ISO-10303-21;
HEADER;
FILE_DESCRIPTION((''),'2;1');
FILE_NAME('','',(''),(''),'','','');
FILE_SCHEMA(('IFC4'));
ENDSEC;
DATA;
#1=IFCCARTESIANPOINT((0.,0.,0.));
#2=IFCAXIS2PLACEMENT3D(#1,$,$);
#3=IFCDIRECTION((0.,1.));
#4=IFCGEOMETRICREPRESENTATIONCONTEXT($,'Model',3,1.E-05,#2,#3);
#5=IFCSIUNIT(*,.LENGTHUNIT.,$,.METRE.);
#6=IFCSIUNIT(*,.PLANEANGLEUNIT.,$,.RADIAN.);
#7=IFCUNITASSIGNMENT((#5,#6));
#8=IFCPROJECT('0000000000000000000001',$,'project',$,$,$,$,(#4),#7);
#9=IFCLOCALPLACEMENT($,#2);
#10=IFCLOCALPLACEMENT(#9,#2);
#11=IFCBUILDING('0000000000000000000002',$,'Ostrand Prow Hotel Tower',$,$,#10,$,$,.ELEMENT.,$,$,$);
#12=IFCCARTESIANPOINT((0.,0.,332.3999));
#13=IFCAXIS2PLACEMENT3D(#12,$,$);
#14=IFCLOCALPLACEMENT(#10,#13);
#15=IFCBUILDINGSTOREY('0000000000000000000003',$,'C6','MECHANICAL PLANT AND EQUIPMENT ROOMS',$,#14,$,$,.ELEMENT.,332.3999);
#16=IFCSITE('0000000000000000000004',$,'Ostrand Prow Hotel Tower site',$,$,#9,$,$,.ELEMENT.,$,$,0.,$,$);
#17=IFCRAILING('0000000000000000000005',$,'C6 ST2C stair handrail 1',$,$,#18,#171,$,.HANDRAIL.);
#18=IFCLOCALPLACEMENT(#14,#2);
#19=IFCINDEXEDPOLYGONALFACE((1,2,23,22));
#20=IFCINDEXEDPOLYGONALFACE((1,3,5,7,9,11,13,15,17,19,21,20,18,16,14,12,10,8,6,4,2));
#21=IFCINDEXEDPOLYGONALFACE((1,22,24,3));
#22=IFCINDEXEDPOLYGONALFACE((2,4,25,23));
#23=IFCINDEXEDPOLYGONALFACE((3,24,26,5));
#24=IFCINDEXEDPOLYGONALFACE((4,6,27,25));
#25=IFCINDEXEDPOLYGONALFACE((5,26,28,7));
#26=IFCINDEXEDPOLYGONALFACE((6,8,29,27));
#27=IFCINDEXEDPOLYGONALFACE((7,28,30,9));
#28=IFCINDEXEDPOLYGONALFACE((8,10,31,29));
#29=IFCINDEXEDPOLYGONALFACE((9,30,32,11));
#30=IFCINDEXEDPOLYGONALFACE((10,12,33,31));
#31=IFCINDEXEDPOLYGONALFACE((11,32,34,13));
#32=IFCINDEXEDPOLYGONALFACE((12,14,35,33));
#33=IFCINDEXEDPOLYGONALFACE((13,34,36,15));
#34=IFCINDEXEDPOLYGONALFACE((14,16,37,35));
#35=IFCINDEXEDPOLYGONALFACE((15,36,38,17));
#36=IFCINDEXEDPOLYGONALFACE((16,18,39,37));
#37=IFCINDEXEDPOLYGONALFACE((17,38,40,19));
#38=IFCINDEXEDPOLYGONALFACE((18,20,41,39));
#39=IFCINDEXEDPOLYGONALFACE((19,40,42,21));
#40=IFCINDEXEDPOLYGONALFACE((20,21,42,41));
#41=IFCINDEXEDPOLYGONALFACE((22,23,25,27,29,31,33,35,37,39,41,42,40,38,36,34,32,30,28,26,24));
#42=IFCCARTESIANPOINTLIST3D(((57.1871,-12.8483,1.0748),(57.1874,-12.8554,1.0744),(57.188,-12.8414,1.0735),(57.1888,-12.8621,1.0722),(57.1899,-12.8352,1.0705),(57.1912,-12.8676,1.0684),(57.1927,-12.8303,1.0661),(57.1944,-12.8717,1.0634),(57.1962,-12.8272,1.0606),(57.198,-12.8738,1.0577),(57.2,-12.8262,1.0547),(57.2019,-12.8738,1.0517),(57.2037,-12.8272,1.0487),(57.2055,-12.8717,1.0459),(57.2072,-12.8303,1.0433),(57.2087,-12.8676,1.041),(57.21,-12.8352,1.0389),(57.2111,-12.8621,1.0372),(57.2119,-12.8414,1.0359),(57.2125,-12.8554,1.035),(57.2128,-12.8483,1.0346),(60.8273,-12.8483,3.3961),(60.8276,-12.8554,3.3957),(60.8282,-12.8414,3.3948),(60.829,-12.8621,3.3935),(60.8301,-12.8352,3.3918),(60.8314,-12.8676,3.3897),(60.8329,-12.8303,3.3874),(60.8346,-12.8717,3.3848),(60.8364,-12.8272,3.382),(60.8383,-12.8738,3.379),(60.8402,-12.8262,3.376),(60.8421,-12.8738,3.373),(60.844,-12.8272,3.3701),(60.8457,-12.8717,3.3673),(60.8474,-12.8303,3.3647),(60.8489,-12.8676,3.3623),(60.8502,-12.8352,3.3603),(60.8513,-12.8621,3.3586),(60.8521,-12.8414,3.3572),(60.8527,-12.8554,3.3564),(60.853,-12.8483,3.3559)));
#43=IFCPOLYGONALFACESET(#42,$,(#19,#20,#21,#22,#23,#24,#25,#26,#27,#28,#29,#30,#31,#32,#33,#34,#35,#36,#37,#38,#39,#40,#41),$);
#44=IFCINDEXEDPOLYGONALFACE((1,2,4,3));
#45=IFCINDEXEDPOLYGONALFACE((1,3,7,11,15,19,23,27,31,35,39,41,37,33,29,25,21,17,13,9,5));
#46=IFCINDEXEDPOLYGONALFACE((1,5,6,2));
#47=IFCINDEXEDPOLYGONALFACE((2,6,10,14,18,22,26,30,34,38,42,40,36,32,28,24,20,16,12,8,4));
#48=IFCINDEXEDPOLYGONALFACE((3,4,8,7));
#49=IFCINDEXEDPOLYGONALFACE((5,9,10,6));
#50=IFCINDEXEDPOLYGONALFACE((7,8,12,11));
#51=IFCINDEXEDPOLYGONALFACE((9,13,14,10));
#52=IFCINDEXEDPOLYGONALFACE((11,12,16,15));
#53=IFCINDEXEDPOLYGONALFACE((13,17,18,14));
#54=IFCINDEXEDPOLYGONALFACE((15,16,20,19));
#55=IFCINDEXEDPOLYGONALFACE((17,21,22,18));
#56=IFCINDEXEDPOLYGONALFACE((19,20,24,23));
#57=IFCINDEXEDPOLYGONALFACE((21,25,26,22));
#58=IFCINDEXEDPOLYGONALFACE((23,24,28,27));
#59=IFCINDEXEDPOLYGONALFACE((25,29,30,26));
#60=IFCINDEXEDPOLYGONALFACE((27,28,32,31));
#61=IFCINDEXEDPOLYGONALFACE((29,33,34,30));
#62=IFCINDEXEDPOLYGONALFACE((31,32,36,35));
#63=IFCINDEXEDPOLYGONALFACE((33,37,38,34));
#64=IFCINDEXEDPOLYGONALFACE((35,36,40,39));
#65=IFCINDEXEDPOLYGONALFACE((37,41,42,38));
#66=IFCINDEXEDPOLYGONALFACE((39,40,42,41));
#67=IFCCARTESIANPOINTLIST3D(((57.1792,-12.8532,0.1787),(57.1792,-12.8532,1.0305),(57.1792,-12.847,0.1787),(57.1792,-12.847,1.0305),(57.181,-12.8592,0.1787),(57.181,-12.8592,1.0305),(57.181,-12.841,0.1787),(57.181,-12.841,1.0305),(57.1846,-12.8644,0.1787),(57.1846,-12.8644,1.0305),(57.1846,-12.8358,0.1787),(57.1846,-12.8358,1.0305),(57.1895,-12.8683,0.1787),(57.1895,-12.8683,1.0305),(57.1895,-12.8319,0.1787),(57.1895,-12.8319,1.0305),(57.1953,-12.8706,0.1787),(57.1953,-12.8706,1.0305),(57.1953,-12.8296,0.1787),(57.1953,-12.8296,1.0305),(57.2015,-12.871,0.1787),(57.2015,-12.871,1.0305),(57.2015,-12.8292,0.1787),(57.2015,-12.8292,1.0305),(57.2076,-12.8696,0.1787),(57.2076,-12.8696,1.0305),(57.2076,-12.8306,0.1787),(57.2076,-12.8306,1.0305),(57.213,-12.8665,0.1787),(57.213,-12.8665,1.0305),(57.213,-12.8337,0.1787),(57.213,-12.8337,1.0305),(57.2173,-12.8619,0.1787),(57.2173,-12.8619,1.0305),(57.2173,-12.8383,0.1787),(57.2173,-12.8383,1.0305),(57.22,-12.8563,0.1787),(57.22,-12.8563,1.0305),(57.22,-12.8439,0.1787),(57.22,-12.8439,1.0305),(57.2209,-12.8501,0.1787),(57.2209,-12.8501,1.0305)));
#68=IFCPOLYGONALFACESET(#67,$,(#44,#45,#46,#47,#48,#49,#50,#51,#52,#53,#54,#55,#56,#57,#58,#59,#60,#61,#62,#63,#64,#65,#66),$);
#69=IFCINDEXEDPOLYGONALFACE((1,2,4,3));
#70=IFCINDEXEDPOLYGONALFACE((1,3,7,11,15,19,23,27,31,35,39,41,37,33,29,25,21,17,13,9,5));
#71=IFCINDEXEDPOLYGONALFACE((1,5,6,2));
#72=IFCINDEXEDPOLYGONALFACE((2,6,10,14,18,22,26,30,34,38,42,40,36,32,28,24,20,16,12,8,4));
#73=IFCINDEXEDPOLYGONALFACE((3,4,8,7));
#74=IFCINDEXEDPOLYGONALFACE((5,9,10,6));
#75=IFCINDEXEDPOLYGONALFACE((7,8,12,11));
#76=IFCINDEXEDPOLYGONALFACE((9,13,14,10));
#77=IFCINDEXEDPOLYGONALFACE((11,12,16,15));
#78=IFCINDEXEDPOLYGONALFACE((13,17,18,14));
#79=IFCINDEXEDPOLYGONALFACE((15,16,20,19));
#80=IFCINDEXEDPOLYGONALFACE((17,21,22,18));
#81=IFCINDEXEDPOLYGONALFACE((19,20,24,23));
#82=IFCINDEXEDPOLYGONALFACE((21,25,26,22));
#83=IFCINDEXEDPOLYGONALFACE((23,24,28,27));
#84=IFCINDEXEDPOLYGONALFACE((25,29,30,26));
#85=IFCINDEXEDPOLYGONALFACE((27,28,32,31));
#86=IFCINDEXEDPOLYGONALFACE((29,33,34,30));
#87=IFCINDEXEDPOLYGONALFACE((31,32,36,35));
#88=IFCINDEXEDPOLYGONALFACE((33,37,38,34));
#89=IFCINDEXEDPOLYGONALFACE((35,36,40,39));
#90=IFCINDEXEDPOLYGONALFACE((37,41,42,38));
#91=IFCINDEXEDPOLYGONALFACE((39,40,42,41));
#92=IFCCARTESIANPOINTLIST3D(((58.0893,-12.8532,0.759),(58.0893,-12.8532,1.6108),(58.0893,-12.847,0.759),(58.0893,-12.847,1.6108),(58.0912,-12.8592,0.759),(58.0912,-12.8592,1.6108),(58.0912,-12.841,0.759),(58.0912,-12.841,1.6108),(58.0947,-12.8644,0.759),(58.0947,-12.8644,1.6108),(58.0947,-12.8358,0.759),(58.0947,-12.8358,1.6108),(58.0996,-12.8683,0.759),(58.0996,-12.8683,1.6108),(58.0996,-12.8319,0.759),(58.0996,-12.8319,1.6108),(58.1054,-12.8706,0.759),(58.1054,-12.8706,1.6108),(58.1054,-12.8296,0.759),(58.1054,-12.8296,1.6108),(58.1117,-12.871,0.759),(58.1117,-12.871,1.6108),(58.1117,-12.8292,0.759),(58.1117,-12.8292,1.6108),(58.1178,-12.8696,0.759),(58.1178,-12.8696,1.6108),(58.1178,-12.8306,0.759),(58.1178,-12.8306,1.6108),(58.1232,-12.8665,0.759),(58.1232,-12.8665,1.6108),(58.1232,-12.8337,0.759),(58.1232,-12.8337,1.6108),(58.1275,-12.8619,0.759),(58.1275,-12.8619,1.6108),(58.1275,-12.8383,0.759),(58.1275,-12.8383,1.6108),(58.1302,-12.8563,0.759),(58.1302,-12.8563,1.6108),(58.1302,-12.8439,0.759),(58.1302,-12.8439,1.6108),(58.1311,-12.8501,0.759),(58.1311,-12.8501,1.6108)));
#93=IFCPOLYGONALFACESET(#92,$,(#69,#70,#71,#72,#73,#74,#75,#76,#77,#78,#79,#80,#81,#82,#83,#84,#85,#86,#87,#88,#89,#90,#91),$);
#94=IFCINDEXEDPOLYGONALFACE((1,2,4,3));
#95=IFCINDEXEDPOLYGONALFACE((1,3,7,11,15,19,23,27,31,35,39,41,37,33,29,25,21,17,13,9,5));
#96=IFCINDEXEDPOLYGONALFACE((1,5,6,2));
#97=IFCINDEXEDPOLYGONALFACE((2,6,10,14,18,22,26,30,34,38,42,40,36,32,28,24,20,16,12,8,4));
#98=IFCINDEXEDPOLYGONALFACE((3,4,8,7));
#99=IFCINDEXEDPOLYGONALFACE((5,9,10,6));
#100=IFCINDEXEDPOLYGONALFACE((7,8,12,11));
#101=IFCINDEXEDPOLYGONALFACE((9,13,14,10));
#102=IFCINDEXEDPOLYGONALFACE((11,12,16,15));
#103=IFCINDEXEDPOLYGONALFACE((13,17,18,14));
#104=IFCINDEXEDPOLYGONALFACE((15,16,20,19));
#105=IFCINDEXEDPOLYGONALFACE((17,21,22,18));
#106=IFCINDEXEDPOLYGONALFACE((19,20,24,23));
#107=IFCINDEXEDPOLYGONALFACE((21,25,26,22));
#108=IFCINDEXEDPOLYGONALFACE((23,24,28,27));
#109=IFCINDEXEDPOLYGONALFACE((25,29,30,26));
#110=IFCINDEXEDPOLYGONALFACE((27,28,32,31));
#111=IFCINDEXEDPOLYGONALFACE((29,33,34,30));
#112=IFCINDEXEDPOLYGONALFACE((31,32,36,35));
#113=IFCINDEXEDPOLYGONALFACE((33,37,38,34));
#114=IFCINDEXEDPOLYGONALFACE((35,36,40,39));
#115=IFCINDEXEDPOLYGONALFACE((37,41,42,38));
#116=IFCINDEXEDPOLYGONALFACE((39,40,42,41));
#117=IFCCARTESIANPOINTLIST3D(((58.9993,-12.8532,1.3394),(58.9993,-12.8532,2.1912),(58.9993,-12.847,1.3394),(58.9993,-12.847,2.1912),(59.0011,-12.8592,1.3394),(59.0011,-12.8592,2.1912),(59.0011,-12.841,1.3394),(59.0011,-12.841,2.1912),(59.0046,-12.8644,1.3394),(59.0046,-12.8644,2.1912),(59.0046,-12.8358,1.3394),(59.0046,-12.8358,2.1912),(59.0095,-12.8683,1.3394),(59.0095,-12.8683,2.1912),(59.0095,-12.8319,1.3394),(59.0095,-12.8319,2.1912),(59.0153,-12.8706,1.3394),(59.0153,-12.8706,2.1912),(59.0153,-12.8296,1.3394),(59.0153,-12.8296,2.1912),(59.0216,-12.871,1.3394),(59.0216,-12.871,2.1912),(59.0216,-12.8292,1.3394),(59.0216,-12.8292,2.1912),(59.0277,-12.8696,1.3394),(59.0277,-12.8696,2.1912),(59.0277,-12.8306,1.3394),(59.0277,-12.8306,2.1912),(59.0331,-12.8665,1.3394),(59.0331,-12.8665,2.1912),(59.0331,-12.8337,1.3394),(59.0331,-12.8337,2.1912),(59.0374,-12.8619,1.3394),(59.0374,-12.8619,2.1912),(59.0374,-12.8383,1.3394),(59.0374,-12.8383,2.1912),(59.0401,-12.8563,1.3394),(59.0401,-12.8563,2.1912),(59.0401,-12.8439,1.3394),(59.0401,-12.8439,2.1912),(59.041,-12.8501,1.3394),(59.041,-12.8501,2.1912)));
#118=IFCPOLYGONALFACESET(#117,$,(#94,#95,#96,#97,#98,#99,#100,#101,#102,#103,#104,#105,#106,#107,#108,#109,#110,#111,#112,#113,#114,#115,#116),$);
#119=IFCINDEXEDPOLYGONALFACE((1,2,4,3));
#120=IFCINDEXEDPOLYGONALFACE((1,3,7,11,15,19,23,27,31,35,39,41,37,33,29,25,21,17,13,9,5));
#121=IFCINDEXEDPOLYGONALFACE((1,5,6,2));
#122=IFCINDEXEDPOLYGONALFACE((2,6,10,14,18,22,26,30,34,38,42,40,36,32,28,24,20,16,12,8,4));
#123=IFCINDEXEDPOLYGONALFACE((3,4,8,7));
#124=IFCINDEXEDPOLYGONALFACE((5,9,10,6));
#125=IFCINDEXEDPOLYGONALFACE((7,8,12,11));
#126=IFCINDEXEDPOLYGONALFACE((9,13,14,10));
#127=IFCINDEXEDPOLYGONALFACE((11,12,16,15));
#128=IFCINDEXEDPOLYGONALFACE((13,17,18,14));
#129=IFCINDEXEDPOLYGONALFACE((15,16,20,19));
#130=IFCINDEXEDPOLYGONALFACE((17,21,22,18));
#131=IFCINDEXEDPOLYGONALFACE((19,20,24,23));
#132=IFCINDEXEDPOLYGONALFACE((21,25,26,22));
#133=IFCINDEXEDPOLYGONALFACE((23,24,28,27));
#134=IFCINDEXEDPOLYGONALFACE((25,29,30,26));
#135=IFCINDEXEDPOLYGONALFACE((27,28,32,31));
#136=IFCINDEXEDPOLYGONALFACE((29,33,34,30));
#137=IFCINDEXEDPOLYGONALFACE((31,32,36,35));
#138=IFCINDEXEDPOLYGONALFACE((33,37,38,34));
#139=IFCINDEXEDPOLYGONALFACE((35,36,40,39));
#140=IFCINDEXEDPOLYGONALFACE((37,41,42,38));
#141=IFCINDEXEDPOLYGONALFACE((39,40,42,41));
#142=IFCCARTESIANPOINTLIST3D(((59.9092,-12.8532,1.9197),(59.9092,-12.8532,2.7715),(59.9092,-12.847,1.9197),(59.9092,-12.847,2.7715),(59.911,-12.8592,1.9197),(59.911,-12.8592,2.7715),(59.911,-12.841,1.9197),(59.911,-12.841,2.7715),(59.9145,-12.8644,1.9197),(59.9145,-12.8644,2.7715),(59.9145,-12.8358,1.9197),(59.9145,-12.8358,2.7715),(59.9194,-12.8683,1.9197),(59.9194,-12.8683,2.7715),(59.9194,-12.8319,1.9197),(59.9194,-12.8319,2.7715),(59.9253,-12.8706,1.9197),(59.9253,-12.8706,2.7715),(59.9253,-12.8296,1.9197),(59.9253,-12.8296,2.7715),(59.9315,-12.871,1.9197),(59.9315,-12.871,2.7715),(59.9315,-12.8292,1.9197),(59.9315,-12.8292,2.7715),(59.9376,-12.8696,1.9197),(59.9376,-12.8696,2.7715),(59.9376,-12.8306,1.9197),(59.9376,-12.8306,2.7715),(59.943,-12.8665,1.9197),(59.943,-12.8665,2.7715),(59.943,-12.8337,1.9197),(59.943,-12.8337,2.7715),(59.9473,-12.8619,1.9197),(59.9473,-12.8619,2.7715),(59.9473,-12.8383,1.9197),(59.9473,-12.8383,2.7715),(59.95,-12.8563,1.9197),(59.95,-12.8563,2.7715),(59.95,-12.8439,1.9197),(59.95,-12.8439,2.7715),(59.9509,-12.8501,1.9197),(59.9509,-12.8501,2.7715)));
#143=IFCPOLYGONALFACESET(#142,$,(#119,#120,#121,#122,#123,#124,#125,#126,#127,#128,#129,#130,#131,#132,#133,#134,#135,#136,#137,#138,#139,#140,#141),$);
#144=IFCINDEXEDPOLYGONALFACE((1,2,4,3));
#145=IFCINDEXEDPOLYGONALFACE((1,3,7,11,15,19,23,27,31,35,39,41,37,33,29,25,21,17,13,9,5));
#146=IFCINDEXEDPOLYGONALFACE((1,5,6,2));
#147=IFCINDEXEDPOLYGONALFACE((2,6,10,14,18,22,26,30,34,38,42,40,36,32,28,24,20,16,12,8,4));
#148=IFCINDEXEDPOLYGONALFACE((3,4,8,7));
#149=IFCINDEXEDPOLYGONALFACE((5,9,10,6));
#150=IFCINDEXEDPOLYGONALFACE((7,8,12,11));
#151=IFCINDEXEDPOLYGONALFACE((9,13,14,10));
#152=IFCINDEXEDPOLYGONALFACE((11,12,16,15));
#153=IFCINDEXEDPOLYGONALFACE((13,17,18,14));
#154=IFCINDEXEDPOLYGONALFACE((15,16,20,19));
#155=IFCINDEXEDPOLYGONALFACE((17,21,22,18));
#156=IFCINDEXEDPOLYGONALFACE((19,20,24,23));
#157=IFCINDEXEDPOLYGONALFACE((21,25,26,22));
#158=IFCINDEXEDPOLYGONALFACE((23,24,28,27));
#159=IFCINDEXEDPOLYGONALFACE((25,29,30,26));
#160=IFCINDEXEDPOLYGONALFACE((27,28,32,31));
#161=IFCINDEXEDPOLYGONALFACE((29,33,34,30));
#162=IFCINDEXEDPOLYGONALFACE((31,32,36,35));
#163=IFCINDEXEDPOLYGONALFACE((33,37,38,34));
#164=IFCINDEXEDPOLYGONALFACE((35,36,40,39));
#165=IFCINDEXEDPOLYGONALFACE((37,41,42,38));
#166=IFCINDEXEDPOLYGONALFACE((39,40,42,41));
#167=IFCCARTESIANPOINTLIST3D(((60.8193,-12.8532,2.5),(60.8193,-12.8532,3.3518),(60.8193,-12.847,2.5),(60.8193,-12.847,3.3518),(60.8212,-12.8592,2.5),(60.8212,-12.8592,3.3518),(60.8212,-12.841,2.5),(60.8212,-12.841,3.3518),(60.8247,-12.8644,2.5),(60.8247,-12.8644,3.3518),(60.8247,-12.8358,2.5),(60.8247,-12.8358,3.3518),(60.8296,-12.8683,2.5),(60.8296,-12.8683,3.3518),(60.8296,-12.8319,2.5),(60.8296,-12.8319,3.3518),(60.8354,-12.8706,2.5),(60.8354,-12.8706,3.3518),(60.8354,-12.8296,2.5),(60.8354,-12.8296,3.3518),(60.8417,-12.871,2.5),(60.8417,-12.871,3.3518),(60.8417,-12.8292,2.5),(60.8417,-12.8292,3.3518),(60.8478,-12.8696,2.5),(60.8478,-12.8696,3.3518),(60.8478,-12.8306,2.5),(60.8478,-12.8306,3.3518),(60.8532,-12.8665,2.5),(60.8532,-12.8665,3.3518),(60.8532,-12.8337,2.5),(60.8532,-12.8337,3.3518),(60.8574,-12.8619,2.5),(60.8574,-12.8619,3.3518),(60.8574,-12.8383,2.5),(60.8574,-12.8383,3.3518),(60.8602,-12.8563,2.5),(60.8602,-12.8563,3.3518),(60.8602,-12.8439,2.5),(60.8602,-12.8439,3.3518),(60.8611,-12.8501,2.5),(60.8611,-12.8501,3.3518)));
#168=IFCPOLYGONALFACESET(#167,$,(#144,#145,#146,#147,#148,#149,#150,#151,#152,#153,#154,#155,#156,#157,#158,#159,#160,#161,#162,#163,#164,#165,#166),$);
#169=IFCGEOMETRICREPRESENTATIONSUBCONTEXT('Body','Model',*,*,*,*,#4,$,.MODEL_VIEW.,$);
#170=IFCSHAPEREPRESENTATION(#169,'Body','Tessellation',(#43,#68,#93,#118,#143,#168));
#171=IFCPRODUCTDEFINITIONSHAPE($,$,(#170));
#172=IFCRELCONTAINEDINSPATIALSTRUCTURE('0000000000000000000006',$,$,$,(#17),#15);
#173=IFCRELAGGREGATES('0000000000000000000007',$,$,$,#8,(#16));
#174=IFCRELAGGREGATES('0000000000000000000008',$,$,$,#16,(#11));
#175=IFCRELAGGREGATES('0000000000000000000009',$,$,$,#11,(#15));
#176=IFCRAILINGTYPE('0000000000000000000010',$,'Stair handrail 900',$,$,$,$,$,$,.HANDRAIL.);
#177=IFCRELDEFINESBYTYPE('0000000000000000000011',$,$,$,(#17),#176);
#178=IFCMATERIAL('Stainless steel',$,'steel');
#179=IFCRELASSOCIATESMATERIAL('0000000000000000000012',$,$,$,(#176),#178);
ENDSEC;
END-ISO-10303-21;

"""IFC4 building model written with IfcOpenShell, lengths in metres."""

from ifc_helpers import new_model, si_unit, direction, frame, origin, origin_2d, place, context, subcontext, project, spatial, circle, extrude, material, type_object, element, save


model = new_model("IFC4")

# Units and contexts
model_context = context("Model", 3, precision=1e-05, world=origin(), true_north=direction((0.0, 1.0)))
body_context = subcontext(model_context, "Body", "Model", "MODEL_VIEW")
ifc_project = project(units=[si_unit("LENGTHUNIT", "METRE"), si_unit("PLANEANGLEUNIT", "RADIAN")], contexts=[model_context])

# Site, building, storey
site_placement = place(None, origin())
site = spatial("IfcSite", under=ifc_project, at=site_placement, Name="Ostrand Prow Hotel Tower site", CompositionType="ELEMENT", RefElevation=0.0)
building_placement = place(site_placement, origin())
building = spatial("IfcBuilding", under=site, at=building_placement, Name="Ostrand Prow Hotel Tower", CompositionType="ELEMENT")
storey_placement = place(building_placement, frame((0.0, 0.0, 332.3999)))
storey = spatial("IfcBuildingStorey", under=building, at=storey_placement, Name="C6", Description="MECHANICAL PLANT AND EQUIPMENT ROOMS", CompositionType="ELEMENT", Elevation=332.3999)

# Railing
ifc_material_1 = material(Name="Stainless steel", Category="steel")
railing_type_1 = type_object("IfcRailingType", Name="Stair handrail 900", PredefinedType="HANDRAIL", material=ifc_material_1)
railing_1_placement = place(storey_placement, frame((57.2, -12.8501, 0.1787)))
element("IfcRailing", 1, at=railing_1_placement, inside=storey, type_object=railing_type_1, Name="C6 ST2C stair handrail 1", PredefinedType="HANDRAIL", context=body_context, shape_type="SweptSolid", body=[
    extrude(circle(Radius=0.0239, at=origin_2d()), frame((0.0, 0.0, 0.876), z_axis=(0.843153, 0.0, 0.537673), x_axis=(0.0, 1.0, 0.0)), (0.0, 0.0, 1.0), 4.3174),
    extrude(circle(Radius=0.021, at=origin_2d()), origin(), (0.0, 0.0, 1.0), 0.8518),
    extrude(circle(Radius=0.021, at=origin_2d()), frame((0.9102, 0.0, 0.5803)), (0.0, 0.0, 1.0), 0.8518),
    extrude(circle(Radius=0.021, at=origin_2d()), frame((1.8201, 0.0, 1.1606)), (0.0, 0.0, 1.0), 0.8518),
    extrude(circle(Radius=0.021, at=origin_2d()), frame((2.73, 0.0, 1.741)), (0.0, 0.0, 1.0), 0.8518),
    extrude(circle(Radius=0.021, at=origin_2d()), frame((3.6401, 0.0, 2.3213)), (0.0, 0.0, 1.0), 0.8518),
])

save(model, "model.ifc")
